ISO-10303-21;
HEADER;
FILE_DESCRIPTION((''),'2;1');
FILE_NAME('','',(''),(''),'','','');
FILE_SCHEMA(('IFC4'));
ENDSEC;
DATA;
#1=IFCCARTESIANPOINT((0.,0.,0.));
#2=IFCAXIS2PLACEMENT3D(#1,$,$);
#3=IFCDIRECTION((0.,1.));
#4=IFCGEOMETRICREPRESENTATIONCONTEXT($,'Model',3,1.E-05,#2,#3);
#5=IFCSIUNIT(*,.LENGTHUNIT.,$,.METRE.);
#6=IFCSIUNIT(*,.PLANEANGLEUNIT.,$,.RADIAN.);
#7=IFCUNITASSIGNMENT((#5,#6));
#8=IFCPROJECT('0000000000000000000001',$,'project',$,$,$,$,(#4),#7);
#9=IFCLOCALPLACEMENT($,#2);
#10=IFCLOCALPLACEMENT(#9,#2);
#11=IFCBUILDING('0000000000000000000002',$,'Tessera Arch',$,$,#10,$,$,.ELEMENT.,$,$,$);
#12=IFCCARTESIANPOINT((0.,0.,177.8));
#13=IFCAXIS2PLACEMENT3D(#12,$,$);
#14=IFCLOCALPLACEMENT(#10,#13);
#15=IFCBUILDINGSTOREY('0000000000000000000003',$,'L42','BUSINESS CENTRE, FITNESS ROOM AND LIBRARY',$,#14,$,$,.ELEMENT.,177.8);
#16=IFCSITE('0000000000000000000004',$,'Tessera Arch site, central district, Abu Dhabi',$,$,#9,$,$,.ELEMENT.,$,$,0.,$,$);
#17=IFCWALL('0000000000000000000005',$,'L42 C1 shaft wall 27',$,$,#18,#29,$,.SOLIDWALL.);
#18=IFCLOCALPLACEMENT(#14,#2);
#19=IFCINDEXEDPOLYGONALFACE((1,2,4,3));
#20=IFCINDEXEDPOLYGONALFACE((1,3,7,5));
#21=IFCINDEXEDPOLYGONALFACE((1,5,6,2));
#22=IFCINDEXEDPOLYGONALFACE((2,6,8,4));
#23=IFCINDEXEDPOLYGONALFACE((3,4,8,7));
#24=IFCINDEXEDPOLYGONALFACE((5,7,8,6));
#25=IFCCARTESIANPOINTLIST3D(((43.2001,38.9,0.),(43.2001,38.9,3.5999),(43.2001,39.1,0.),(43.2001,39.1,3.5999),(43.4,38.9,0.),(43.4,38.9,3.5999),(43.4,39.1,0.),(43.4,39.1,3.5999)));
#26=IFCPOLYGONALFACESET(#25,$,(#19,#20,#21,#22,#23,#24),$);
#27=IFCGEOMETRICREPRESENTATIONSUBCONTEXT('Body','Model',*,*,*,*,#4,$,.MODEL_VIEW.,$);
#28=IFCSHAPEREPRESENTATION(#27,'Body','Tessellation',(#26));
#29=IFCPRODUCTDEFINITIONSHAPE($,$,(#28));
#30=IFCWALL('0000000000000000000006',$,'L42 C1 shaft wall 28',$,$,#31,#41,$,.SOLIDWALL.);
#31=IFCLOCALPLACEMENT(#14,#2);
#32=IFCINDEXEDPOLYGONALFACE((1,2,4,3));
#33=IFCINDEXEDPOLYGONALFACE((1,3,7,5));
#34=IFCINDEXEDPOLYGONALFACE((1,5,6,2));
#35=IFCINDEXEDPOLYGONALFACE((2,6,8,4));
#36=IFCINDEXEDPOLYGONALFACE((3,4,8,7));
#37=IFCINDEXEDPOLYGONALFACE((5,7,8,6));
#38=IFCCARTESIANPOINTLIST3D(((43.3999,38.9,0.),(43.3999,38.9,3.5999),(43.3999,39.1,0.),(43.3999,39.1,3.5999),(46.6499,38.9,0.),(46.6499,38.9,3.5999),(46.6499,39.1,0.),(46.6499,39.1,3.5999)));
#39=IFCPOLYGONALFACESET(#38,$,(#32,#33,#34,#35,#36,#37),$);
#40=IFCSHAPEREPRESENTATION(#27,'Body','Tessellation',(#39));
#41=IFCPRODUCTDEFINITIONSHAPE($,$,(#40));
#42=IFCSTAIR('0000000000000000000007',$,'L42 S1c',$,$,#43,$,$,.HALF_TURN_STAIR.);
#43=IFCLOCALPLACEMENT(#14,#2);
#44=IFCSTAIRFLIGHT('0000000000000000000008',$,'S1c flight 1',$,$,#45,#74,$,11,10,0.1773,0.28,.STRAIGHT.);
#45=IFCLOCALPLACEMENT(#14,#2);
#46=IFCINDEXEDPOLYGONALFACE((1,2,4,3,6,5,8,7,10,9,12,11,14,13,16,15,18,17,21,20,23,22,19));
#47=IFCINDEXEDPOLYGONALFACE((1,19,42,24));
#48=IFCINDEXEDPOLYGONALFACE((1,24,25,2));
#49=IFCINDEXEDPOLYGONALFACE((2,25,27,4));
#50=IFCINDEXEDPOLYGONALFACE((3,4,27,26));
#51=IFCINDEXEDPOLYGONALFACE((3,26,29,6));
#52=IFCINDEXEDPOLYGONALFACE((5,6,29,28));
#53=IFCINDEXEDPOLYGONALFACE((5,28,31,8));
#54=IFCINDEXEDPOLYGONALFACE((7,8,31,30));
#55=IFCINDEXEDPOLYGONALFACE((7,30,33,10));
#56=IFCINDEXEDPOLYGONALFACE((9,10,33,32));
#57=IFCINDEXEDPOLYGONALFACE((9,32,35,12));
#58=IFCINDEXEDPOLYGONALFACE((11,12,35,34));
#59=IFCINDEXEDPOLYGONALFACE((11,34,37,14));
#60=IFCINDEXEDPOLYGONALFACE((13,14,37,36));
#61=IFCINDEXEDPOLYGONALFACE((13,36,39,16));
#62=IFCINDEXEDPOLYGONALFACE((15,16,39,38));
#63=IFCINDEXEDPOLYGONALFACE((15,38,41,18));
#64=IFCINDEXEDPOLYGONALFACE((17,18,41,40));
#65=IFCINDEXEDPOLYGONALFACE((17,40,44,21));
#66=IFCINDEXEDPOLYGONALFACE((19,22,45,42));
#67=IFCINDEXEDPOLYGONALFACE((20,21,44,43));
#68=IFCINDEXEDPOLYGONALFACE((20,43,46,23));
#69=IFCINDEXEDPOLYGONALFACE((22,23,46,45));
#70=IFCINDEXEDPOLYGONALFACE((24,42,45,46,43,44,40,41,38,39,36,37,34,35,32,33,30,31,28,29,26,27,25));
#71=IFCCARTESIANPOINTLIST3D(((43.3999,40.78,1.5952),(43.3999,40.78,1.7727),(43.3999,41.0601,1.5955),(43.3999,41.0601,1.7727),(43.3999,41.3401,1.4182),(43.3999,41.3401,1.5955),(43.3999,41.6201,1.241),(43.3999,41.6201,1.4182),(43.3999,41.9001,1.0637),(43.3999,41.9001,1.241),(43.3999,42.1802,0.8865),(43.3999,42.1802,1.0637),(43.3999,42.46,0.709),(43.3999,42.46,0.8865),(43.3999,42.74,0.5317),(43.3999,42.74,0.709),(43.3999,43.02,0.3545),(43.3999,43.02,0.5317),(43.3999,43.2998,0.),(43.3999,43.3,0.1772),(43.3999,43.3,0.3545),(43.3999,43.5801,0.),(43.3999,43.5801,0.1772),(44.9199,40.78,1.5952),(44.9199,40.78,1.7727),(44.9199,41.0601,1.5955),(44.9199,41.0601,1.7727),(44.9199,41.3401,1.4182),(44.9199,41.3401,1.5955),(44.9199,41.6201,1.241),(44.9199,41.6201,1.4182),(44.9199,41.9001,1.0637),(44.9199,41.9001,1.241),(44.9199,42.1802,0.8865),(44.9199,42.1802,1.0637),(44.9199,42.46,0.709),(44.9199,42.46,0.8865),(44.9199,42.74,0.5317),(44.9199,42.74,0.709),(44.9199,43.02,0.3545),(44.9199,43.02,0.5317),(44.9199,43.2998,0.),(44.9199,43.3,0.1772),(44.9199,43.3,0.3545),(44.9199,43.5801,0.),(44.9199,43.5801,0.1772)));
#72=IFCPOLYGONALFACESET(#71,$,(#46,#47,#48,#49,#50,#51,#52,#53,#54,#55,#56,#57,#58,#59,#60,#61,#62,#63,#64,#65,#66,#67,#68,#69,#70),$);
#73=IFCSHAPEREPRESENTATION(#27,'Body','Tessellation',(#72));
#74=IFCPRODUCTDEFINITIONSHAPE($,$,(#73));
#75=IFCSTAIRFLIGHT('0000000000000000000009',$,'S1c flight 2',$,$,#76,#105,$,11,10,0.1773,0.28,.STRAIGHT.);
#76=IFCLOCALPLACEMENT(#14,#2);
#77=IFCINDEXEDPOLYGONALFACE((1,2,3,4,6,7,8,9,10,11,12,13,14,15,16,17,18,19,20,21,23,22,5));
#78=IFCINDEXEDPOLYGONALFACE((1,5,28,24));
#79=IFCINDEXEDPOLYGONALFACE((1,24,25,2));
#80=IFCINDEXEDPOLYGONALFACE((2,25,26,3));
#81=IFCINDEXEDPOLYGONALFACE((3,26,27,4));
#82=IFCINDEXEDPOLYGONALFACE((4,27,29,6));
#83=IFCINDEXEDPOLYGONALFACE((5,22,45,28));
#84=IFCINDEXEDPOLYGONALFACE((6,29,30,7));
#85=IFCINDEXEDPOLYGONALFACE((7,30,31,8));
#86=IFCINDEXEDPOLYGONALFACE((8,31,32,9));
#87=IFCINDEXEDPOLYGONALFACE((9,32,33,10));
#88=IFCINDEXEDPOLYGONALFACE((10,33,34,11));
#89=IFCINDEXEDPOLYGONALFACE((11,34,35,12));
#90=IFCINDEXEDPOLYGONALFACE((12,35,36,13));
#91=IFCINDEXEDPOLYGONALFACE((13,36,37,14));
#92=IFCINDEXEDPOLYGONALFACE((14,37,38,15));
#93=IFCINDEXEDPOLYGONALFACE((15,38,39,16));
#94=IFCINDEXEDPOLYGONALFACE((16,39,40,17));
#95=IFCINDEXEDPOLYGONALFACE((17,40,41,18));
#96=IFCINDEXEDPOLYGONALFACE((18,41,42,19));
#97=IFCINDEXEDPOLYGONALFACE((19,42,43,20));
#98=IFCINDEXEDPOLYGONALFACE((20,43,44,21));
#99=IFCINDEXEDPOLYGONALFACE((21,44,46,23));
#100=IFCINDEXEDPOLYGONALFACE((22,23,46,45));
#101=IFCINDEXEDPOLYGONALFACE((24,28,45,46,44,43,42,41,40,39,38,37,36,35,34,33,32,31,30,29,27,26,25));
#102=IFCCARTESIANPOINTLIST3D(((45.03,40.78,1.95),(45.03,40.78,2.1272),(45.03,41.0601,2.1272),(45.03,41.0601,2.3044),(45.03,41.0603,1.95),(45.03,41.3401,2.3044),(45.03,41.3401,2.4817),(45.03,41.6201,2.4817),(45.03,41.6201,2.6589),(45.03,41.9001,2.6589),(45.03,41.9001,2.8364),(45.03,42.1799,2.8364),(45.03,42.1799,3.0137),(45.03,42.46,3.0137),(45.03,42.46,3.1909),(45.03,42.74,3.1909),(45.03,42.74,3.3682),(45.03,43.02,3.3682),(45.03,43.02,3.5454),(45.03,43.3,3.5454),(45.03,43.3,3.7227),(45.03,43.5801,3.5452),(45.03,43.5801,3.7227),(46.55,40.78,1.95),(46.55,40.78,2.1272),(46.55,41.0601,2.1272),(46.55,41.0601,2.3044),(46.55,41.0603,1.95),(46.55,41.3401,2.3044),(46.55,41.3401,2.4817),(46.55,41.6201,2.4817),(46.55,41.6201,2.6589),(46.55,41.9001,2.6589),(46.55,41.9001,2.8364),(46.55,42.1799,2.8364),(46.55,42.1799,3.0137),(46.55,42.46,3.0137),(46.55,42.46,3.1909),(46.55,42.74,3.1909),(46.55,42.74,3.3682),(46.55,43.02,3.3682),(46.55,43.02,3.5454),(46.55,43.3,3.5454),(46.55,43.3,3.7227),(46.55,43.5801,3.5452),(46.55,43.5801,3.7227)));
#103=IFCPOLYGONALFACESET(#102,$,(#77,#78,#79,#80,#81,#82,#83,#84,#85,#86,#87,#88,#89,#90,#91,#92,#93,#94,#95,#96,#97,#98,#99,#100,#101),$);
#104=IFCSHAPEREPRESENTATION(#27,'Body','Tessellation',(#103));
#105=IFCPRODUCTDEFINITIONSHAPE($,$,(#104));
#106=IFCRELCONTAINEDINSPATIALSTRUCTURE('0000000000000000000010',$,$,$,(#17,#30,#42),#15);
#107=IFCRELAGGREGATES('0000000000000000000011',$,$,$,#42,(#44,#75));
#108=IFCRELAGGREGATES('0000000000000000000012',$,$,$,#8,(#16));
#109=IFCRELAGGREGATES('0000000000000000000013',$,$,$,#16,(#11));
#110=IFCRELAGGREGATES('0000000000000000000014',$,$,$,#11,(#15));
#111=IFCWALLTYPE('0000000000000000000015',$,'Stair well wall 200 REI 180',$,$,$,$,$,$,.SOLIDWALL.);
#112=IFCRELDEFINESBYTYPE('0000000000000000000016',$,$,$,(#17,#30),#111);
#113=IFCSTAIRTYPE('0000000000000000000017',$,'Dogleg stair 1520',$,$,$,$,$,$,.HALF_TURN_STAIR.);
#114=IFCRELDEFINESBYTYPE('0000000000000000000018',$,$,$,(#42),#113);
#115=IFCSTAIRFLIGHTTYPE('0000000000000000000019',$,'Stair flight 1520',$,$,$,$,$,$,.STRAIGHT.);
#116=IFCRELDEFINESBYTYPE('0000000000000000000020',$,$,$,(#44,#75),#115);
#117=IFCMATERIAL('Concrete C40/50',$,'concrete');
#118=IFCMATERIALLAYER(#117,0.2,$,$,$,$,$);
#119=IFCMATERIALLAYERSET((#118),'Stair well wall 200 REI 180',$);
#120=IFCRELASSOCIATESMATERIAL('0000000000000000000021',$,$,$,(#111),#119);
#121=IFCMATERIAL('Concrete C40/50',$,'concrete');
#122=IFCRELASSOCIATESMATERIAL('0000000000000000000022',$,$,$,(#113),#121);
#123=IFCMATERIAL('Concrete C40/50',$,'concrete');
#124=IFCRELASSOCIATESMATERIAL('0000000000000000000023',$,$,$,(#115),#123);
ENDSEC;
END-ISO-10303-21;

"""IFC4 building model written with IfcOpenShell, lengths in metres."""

from ifc_helpers import new_model, si_unit, direction, frame, frame_2d, origin, place, context, subcontext, project, spatial, polyline, rectangle, outline, extrude, material, layer, layer_set, type_object, element, aggregate, save


model = new_model("IFC4")

# Units and contexts
model_context = context("Model", 3, precision=1e-05, world=origin(), true_north=direction((0.0, 1.0)))
body_context = subcontext(model_context, "Body", "Model", "MODEL_VIEW")
ifc_project = project(units=[si_unit("LENGTHUNIT", "METRE"), si_unit("PLANEANGLEUNIT", "RADIAN")], contexts=[model_context])

# Site, building, storey
site_placement = place(None, origin())
site = spatial("IfcSite", under=ifc_project, at=site_placement, Name="Tessera Arch site, central district, Abu Dhabi", CompositionType="ELEMENT", RefElevation=0.0)
building_placement = place(site_placement, origin())
building = spatial("IfcBuilding", under=site, at=building_placement, Name="Tessera Arch", CompositionType="ELEMENT")
storey_placement = place(building_placement, frame((0.0, 0.0, 177.8)))
storey = spatial("IfcBuildingStorey", under=building, at=storey_placement, Name="L42", Description="BUSINESS CENTRE, FITNESS ROOM AND LIBRARY", CompositionType="ELEMENT", Elevation=177.8)

# Walls
ifc_material_1 = material(Name="Concrete C40/50", Category="concrete")
ifc_layer_1 = layer(ifc_material_1, 0.2)
ifc_layer_set_1 = layer_set([ifc_layer_1], Name="Stair well wall 200 REI 180")
wall_type_1 = type_object("IfcWallType", Name="Stair well wall 200 REI 180", PredefinedType="SOLIDWALL", material=ifc_layer_set_1)
wall_1_placement = place(storey_placement, frame((43.2, 39.0, 0.0), z_axis=(0.0, 0.0, 1.0), x_axis=(1.0, 0.0, 0.0)))
element("IfcWall", 1, at=wall_1_placement, inside=storey, type_object=wall_type_1, Name="L42 C1 shaft wall 27", PredefinedType="SOLIDWALL", context=body_context, shape_type="SweptSolid", body=[
    extrude(rectangle(XDim=0.2, YDim=0.2, at=frame_2d((0.1001, 0.0))), origin(), (0.0, 0.0, 1.0), 3.5999),
])
wall_2_placement = place(storey_placement, frame((43.3999, 39.0, 0.0), z_axis=(0.0, 0.0, 1.0), x_axis=(1.0, 0.0, 0.0)))
element("IfcWall", 2, at=wall_2_placement, inside=storey, type_object=wall_type_1, Name="L42 C1 shaft wall 28", PredefinedType="SOLIDWALL", context=body_context, shape_type="SweptSolid", body=[
    extrude(rectangle(XDim=3.25, YDim=0.2, at=frame_2d((1.625, 0.0))), origin(), (0.0, 0.0, 1.0), 3.5999),
])

# Stair, stair flights
ifc_material_2 = material(Name="Concrete C40/50", Category="concrete")
stair_type = type_object("IfcStairType", Name="Dogleg stair 1520", PredefinedType="HALF_TURN_STAIR", material=ifc_material_2)
stair_placement = place(storey_placement, origin())
stair = element("IfcStair", 3, at=stair_placement, inside=storey, type_object=stair_type, Name="L42 S1c", PredefinedType="HALF_TURN_STAIR")
ifc_material_3 = material(Name="Concrete C40/50", Category="concrete")
stair_flight_type = type_object("IfcStairFlightType", Name="Stair flight 1520", PredefinedType="STRAIGHT", material=ifc_material_3)
stair_flight_1_placement = place(storey_placement, frame((44.1599, 43.5801, 0.0), z_axis=(0.0, 0.0, 1.0), x_axis=(0.0, -1.0, 0.0)))
stair_flight_1 = element("IfcStairFlight", 4, at=stair_flight_1_placement, type_object=stair_flight_type, Name="S1c flight 1", NumberOfRisers=11, NumberOfTreads=10, PredefinedType="STRAIGHT", RiserHeight=0.1773, TreadLength=0.28, context=body_context, shape_type="SweptSolid", body=[
    extrude(outline(polyline([(0.0, 0.0), (0.0, 0.1772), (0.28, 0.1772), (0.28, 0.3545), (0.5601, 0.3545), (0.5601, 0.5317), (0.8401, 0.5317), (0.8401, 0.709), (1.1201, 0.709), (1.1201, 0.8865), (1.3999, 0.8865), (1.3999, 1.0637), (1.6799, 1.0637), (1.6799, 1.241), (1.96, 1.241), (1.96, 1.4182), (2.24, 1.4182), (2.24, 1.5955), (2.52, 1.5955), (2.52, 1.7727), (2.8, 1.7727), (2.8, 1.95), (2.8, 1.5952), (0.2803, 0.0), (0.0, 0.0)])), frame((0.0, 0.76, 0.0), z_axis=(0.0, -1.0, 0.0), x_axis=(1.0, 0.0, 0.0)), (0.0, 0.0, 1.0), 1.52),
])
stair_flight_2_placement = place(storey_placement, frame((45.79, 40.78, 1.95), z_axis=(0.0, 0.0, 1.0), x_axis=(0.0, 1.0, 0.0)))
stair_flight_2 = element("IfcStairFlight", 5, at=stair_flight_2_placement, type_object=stair_flight_type, Name="S1c flight 2", NumberOfRisers=11, NumberOfTreads=10, PredefinedType="STRAIGHT", RiserHeight=0.1773, TreadLength=0.28, context=body_context, shape_type="SweptSolid", body=[
    extrude(outline(polyline([(0.0, 0.0), (0.0, 0.1772), (0.28, 0.1772), (0.28, 0.3545), (0.5601, 0.3545), (0.5601, 0.5317), (0.8401, 0.5317), (0.8401, 0.709), (1.1201, 0.709), (1.1201, 0.8865), (1.3999, 0.8865), (1.3999, 1.0637), (1.6799, 1.0637), (1.6799, 1.241), (1.96, 1.241), (1.96, 1.4182), (2.24, 1.4182), (2.24, 1.5955), (2.52, 1.5955), (2.52, 1.7727), (2.8, 1.7727), (2.8, 1.95), (2.8, 1.5952), (0.2803, 0.0), (0.0, 0.0)])), frame((0.0, 0.76, 0.0), z_axis=(0.0, -1.0, 0.0), x_axis=(1.0, 0.0, 0.0)), (0.0, 0.0, 1.0), 1.52),
])
aggregate(stair, [stair_flight_1, stair_flight_2])

save(model, "model.ifc")
